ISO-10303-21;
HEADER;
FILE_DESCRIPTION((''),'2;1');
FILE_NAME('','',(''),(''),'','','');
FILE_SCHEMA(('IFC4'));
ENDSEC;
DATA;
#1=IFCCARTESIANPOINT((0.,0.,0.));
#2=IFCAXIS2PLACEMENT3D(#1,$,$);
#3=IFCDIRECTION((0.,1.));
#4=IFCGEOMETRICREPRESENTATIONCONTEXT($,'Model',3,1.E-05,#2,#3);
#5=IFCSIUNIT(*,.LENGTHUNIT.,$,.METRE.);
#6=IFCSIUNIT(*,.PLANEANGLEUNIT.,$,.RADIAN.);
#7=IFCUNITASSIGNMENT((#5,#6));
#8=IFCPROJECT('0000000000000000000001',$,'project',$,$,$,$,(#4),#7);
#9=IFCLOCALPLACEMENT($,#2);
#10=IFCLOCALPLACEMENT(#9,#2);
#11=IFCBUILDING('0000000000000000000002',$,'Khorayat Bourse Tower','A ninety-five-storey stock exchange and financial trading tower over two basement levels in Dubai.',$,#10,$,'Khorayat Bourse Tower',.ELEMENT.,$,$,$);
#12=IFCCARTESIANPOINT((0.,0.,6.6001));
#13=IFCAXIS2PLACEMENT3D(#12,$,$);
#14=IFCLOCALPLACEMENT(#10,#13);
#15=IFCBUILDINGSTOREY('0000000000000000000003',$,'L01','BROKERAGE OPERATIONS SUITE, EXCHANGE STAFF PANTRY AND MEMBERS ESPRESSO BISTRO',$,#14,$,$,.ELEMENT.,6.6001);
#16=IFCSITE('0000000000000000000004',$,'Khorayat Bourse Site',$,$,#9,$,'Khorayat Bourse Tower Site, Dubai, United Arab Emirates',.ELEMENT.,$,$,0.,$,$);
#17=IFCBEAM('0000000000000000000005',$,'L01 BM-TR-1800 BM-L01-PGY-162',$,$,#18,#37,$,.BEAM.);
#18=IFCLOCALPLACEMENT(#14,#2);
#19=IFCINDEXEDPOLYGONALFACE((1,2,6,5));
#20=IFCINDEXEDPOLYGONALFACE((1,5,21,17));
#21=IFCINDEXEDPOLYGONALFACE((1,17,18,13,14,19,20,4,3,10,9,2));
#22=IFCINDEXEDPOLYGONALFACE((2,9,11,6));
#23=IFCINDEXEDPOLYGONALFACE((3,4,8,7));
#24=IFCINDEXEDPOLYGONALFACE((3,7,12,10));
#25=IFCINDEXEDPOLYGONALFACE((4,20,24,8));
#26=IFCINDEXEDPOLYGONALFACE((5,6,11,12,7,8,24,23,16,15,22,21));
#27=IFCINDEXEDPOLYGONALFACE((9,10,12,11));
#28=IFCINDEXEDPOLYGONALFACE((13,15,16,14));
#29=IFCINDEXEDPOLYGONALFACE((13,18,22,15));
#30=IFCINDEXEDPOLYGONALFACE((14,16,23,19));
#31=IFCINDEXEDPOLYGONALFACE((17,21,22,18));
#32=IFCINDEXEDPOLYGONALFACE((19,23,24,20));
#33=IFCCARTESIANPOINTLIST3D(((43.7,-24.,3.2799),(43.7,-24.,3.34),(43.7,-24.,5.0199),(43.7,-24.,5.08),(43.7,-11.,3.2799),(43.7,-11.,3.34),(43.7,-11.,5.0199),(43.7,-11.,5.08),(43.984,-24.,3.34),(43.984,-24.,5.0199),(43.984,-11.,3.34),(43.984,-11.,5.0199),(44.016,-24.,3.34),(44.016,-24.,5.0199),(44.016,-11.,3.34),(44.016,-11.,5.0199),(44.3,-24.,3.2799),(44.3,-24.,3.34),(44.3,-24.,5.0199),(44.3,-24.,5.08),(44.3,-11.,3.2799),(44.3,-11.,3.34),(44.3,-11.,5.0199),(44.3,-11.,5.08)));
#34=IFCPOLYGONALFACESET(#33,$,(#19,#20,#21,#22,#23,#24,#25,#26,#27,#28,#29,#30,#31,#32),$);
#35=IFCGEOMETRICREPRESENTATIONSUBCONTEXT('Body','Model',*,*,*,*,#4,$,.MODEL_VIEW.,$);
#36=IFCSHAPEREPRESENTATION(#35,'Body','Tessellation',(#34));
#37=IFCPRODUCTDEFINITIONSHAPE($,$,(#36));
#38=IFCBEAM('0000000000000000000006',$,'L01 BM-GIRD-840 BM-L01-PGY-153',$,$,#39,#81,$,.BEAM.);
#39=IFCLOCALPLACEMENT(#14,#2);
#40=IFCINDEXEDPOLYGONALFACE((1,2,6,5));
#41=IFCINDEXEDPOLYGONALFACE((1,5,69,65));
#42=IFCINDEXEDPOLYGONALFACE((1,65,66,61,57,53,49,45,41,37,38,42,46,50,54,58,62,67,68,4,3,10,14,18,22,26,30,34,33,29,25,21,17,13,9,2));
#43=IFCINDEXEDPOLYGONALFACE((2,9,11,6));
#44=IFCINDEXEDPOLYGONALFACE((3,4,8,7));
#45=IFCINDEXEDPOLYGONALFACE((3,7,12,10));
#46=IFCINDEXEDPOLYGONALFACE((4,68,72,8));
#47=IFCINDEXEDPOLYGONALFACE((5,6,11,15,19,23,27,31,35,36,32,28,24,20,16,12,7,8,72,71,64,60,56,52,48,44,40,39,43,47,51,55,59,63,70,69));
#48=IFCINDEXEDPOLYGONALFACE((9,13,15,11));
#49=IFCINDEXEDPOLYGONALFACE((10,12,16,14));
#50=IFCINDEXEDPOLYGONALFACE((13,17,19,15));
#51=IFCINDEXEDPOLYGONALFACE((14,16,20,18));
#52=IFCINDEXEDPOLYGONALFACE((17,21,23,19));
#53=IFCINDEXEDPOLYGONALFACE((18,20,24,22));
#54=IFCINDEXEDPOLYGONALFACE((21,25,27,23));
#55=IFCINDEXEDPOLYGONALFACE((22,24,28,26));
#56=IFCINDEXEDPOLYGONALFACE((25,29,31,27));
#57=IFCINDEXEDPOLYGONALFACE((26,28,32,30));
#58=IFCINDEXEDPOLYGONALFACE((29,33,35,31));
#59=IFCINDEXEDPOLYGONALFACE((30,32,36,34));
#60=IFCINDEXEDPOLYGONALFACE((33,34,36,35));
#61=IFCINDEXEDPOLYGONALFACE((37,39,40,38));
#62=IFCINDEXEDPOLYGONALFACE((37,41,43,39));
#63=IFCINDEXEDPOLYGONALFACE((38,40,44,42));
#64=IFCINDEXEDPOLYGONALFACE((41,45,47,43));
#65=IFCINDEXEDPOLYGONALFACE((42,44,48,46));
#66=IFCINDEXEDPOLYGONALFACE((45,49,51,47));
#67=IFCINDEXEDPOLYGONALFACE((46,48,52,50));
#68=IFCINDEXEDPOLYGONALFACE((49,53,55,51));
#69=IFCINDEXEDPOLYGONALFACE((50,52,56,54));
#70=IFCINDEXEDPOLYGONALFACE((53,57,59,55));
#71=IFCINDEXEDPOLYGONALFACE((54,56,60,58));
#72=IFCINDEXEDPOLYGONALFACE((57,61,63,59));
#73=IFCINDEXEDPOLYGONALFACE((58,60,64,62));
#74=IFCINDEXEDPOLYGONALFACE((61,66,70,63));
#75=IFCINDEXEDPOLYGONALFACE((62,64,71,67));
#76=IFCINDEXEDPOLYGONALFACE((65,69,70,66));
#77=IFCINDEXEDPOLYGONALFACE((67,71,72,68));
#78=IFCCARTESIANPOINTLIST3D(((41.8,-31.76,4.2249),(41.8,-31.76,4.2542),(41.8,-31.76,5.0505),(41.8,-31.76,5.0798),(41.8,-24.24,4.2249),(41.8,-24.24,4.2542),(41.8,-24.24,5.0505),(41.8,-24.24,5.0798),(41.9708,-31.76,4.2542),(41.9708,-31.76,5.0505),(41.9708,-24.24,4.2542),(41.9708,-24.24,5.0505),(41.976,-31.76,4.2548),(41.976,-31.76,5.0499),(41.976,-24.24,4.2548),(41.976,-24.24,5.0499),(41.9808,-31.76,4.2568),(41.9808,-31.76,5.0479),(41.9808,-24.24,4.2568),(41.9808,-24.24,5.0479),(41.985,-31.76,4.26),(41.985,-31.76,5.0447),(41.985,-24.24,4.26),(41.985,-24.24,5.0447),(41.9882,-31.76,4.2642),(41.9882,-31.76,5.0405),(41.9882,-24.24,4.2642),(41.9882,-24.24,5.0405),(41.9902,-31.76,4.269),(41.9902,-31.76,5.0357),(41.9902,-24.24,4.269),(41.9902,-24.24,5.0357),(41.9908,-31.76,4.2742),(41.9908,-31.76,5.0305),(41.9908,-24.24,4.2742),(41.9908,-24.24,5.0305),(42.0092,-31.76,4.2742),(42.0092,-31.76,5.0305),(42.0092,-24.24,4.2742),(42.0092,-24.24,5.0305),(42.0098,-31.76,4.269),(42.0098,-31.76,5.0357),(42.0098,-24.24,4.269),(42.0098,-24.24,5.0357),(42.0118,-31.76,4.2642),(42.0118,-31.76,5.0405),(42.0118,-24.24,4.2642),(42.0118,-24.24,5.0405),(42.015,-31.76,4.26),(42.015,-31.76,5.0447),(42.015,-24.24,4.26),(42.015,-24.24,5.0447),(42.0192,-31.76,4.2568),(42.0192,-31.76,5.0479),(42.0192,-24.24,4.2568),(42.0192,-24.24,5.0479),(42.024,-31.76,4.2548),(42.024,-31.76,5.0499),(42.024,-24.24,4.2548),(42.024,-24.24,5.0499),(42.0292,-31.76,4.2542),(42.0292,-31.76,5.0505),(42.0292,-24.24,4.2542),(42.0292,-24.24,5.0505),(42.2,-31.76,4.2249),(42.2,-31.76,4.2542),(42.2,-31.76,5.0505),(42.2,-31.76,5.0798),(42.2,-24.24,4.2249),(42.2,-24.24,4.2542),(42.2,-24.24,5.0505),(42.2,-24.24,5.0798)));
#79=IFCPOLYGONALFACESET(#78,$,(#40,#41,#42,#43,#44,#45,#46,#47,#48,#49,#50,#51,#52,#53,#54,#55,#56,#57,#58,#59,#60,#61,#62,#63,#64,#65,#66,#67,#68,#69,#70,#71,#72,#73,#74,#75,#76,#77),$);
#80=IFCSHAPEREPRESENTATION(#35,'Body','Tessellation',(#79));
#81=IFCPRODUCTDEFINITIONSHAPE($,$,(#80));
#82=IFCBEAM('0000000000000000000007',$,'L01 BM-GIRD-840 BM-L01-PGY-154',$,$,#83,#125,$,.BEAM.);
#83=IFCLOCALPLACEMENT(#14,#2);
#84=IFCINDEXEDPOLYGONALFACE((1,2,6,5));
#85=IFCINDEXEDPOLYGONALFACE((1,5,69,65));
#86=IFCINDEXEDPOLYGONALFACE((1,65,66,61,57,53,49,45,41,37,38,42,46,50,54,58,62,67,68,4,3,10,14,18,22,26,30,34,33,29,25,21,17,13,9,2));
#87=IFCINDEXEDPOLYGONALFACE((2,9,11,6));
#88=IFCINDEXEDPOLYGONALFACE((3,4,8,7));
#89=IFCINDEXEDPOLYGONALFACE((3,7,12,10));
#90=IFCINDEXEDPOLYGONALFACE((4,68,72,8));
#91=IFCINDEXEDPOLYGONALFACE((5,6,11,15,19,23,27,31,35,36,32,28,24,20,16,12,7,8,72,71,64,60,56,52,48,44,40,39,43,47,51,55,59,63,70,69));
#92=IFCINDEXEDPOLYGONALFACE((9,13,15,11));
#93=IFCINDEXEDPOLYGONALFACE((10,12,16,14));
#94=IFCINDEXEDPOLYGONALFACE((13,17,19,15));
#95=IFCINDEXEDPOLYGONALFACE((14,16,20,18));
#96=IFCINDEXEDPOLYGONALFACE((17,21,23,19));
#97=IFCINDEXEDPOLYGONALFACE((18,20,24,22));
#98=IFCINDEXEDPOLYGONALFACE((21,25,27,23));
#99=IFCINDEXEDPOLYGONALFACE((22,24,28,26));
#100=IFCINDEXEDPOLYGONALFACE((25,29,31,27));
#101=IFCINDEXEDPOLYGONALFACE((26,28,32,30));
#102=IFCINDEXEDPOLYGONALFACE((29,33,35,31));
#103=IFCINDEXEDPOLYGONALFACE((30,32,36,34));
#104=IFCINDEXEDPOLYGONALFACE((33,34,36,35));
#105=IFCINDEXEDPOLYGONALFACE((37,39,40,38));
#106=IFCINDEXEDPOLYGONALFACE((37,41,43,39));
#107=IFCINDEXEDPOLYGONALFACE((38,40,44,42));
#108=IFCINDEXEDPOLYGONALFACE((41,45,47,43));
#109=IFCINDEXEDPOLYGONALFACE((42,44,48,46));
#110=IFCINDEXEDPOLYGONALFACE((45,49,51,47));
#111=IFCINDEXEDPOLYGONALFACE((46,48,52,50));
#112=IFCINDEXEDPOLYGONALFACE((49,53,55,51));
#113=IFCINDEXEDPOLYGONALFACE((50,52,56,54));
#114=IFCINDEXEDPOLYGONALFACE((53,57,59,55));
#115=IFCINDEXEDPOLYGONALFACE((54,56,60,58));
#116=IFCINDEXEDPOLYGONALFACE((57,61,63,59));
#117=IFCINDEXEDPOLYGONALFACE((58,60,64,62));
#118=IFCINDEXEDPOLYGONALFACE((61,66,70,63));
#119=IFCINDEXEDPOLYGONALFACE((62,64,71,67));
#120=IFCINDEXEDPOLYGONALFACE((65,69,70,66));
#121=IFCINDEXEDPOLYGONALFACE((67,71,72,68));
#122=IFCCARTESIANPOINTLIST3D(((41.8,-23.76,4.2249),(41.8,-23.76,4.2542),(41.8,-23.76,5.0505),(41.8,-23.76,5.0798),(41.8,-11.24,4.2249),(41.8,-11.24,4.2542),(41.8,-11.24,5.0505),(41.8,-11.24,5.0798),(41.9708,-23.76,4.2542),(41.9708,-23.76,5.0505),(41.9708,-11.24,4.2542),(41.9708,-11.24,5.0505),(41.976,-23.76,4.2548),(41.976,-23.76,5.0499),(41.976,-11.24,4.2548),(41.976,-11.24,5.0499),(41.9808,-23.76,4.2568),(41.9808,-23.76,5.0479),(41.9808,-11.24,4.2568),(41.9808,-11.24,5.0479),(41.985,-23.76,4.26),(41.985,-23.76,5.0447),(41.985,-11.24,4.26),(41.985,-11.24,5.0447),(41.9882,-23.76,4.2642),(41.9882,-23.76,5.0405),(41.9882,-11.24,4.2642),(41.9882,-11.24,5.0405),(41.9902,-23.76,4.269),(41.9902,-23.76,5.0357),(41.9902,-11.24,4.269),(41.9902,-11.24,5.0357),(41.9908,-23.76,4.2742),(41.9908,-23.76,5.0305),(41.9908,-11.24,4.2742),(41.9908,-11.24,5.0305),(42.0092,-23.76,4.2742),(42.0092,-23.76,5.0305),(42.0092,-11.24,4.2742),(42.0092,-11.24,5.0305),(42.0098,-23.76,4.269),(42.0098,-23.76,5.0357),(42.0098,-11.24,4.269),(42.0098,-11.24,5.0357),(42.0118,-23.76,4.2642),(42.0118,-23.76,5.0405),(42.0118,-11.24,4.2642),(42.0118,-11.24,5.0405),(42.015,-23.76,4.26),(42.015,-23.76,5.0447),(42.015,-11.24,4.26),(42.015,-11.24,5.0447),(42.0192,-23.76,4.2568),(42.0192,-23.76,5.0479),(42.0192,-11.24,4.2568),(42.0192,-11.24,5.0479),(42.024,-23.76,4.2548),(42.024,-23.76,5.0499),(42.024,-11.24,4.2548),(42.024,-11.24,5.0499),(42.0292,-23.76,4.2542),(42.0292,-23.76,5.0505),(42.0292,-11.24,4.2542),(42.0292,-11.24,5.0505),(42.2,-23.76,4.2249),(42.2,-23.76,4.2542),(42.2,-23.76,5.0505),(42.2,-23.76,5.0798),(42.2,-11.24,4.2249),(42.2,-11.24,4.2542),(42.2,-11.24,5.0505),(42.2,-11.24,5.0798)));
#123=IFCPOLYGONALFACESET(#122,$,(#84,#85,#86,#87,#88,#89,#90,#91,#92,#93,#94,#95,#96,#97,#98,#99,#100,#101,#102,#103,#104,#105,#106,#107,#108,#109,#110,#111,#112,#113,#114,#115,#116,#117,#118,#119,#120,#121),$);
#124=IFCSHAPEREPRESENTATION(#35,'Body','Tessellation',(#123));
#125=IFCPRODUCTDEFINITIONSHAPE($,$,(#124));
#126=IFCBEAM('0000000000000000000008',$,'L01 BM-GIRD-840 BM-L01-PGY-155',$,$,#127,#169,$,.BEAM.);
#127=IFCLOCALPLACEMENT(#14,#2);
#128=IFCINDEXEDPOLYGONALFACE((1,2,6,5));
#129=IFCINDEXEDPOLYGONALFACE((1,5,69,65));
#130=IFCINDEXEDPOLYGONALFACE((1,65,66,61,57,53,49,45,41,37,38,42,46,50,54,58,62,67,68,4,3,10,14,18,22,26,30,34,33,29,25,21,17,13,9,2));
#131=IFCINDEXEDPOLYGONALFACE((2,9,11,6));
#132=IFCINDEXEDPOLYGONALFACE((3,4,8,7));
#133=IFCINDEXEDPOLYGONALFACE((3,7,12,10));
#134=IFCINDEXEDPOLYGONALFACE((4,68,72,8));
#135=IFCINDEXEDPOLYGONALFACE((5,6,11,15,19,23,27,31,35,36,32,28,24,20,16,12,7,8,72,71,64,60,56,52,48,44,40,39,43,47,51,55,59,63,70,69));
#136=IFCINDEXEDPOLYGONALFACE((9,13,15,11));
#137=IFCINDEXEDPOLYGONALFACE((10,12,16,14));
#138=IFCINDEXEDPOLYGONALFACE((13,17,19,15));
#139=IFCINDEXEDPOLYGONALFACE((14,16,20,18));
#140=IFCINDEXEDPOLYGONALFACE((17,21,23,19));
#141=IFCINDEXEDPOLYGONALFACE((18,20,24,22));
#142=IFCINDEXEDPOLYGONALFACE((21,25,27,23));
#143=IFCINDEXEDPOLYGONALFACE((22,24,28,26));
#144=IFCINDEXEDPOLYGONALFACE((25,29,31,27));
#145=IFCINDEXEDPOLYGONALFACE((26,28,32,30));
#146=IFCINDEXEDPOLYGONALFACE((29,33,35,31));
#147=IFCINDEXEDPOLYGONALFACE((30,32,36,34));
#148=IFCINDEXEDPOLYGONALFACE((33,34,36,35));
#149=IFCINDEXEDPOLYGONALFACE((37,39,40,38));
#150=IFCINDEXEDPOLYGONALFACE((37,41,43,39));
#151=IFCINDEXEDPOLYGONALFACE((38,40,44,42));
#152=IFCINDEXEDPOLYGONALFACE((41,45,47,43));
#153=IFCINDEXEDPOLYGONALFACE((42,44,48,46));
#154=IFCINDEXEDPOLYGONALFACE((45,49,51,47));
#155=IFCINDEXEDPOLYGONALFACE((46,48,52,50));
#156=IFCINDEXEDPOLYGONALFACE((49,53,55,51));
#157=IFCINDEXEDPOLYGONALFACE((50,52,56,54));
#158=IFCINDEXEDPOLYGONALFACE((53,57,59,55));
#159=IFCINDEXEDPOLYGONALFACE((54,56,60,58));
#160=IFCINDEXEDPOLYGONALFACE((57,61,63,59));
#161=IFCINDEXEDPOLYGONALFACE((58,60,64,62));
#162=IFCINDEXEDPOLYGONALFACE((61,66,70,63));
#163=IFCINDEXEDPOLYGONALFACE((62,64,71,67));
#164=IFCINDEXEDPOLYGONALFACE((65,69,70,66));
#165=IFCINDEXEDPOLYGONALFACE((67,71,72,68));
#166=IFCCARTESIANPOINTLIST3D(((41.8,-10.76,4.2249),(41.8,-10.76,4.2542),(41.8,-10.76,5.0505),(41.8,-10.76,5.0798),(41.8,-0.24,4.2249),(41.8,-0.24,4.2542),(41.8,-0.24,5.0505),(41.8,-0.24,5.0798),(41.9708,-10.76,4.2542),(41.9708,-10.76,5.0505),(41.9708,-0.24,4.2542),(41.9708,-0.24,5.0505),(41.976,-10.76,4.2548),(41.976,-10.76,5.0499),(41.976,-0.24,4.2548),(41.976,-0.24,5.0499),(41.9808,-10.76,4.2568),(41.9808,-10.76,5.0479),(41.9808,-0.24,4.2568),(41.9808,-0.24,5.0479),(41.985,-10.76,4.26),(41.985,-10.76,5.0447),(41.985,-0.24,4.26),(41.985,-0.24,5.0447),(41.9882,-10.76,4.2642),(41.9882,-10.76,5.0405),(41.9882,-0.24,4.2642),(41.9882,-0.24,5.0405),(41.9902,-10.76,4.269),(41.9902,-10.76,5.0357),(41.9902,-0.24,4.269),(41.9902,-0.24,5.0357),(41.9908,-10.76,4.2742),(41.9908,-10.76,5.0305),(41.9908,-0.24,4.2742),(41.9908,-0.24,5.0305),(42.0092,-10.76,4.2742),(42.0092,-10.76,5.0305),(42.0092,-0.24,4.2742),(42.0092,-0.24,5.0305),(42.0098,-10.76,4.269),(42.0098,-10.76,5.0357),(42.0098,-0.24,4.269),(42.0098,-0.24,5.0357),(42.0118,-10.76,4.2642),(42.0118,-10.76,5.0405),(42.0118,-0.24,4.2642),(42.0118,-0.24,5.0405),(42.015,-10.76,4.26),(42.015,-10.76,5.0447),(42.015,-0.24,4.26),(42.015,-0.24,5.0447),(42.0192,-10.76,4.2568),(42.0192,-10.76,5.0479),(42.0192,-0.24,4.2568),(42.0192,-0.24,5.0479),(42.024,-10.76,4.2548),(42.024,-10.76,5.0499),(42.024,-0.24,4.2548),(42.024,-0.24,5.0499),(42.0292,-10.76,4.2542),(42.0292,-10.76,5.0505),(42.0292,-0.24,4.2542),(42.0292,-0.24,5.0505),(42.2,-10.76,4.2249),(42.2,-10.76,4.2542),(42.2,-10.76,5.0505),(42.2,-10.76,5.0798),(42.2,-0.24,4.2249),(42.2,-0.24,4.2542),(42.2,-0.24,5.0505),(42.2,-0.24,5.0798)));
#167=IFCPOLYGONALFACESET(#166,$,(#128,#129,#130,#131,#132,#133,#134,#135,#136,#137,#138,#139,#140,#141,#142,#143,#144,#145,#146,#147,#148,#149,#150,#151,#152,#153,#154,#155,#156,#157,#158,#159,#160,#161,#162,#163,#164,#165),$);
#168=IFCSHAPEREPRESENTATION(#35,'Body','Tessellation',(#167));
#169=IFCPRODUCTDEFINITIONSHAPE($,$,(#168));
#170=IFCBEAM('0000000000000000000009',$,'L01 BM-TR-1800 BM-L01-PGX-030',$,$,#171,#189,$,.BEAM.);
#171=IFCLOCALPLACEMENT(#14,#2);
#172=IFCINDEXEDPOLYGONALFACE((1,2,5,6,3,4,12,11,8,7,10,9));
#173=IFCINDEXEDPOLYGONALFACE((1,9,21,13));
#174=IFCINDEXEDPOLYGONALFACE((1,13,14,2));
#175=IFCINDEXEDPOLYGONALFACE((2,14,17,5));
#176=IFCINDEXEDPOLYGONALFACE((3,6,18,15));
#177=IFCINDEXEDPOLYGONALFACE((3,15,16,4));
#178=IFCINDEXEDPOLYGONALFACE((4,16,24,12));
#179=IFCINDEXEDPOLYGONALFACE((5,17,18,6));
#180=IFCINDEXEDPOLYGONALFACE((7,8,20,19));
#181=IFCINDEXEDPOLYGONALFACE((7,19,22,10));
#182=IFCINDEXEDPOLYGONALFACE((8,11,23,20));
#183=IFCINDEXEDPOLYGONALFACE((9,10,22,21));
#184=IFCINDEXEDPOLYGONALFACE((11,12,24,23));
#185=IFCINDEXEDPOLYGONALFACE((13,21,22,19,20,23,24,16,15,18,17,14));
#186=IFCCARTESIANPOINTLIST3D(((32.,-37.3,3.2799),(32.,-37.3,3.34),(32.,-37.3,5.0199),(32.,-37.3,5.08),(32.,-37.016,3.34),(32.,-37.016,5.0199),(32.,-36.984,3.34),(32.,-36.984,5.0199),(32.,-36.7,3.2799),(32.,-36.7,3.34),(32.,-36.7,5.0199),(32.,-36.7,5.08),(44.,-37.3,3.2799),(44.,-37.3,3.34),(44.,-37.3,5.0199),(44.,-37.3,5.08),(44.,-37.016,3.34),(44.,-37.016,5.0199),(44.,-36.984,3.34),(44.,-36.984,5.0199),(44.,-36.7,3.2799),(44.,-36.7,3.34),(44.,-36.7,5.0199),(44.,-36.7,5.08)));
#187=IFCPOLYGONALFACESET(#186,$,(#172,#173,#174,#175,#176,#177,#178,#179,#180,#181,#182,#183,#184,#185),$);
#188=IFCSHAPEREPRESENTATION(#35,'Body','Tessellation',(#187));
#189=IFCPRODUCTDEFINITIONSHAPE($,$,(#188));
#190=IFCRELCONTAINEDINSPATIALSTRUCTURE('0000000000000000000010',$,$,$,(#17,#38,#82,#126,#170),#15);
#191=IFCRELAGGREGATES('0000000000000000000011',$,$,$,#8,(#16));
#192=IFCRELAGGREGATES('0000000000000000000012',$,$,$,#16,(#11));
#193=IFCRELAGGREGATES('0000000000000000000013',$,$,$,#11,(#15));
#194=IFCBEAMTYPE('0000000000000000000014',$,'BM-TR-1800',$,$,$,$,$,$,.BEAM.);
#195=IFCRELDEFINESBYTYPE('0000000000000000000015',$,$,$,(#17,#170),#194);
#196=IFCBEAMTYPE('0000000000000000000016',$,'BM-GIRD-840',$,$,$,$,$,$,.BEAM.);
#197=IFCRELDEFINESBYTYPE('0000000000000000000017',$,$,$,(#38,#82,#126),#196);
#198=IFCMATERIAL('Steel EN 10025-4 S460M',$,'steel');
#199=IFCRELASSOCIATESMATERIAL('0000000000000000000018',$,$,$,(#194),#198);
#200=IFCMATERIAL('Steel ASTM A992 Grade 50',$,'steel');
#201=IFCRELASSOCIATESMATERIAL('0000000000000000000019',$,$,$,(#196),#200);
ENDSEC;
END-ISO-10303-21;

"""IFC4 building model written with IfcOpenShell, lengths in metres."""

from ifc_helpers import new_model, si_unit, direction, frame, origin, origin_2d, place, context, subcontext, project, spatial, i_section, extrude, source, transform, mapped, material, material_profile, profile_set, type_object, element, save


model = new_model("IFC4")

# Units and contexts
model_context = context("Model", 3, precision=1e-05, world=origin(), true_north=direction((0.0, 1.0)))
body_context = subcontext(model_context, "Body", "Model", "MODEL_VIEW")
ifc_project = project(units=[si_unit("LENGTHUNIT", "METRE"), si_unit("PLANEANGLEUNIT", "RADIAN")], contexts=[model_context])

# Site, building, storey
site_placement = place(None, origin())
site = spatial("IfcSite", under=ifc_project, at=site_placement, Name="Khorayat Bourse Site", LongName="Khorayat Bourse Tower Site, Dubai, United Arab Emirates", CompositionType="ELEMENT", RefElevation=0.0)
building_placement = place(site_placement, origin())
building = spatial("IfcBuilding", under=site, at=building_placement, Name="Khorayat Bourse Tower", Description="A ninety-five-storey stock exchange and financial trading tower over two basement levels in Dubai.", LongName="Khorayat Bourse Tower", CompositionType="ELEMENT")
storey_placement = place(building_placement, frame((0.0, 0.0, 6.6001)))
storey = spatial("IfcBuildingStorey", under=building, at=storey_placement, Name="L01", Description="BROKERAGE OPERATIONS SUITE, EXCHANGE STAFF PANTRY AND MEMBERS ESPRESSO BISTRO", CompositionType="ELEMENT", Elevation=6.6001)

# Beams
ifc_material_1 = material(Name="Steel EN 10025-4 S460M", Category="steel")
ifc_material_profile_1 = material_profile(ifc_material_1, i_section(OverallWidth=0.6001, OverallDepth=1.8, WebThickness=0.032, FlangeThickness=0.0601, at=origin_2d()), Name="PG 1800x600x32x60")
ifc_profile_set_1 = profile_set([ifc_material_profile_1], Name="Steel EN 10025-4 S460M")
beam_type_1 = type_object("IfcBeamType", Name="BM-TR-1800", PredefinedType="BEAM", material=ifc_profile_set_1)
shared_shape_1 = source(origin(), body_context, "Body", "SweptSolid", [
    extrude(i_section(OverallWidth=0.6001, OverallDepth=1.8, WebThickness=0.032, FlangeThickness=0.0601, at=origin_2d()), origin(), (0.0, 0.0, 1.0), 13.0),
])
for number, where, z_axis, x_axis, name in (
    (1, (44.0, -24.0, 4.1799), (0.0, 1.0, 0.0), (-1.0, 0.0, 0.0), "L01 BM-TR-1800 BM-L01-PGY-162"),
):
    element("IfcBeam", number, at=place(storey_placement, frame(where, z_axis=z_axis, x_axis=x_axis)), inside=storey, type_object=beam_type_1, Name=name, PredefinedType="BEAM", context=body_context, shape_type="MappedRepresentation", body=[
        mapped(shared_shape_1, transform((0.0, 0.0, 0.0), scale=1.0)),
    ])
ifc_material_2 = material(Name="Steel ASTM A992 Grade 50", Category="steel")
ifc_material_profile_2 = material_profile(ifc_material_2, i_section(OverallWidth=0.3999, OverallDepth=0.855, WebThickness=0.0183, FlangeThickness=0.0293, FilletRadius=0.02, at=origin_2d()), Name="W840X299")
ifc_profile_set_2 = profile_set([ifc_material_profile_2], Name="Steel ASTM A992 Grade 50")
beam_type_2 = type_object("IfcBeamType", Name="BM-GIRD-840", PredefinedType="BEAM", material=ifc_profile_set_2)
shared_shape_2 = source(origin(), body_context, "Body", "SweptSolid", [
    extrude(i_section(OverallWidth=0.3999, OverallDepth=0.855, WebThickness=0.0183, FlangeThickness=0.0293, FilletRadius=0.02, at=origin_2d()), origin(), (0.0, 0.0, 1.0), 7.52),
])
beam_1_placement = place(storey_placement, frame((42.0, -31.76, 4.6523), z_axis=(0.0, 1.0, 0.0), x_axis=(-1.0, 0.0, 0.0)))
element("IfcBeam", 2, at=beam_1_placement, inside=storey, type_object=beam_type_2, Name="L01 BM-GIRD-840 BM-L01-PGY-153", PredefinedType="BEAM", context=body_context, shape_type="MappedRepresentation", body=[
    mapped(shared_shape_2, transform((0.0, 0.0, 0.0), scale=1.0)),
])
shared_shape_3 = source(origin(), body_context, "Body", "SweptSolid", [
    extrude(i_section(OverallWidth=0.3999, OverallDepth=0.855, WebThickness=0.0183, FlangeThickness=0.0293, FilletRadius=0.02, at=origin_2d()), origin(), (0.0, 0.0, 1.0), 12.52),
])
beam_2_placement = place(storey_placement, frame((42.0, -23.76, 4.6523), z_axis=(0.0, 1.0, 0.0), x_axis=(-1.0, 0.0, 0.0)))
element("IfcBeam", 3, at=beam_2_placement, inside=storey, type_object=beam_type_2, Name="L01 BM-GIRD-840 BM-L01-PGY-154", PredefinedType="BEAM", context=body_context, shape_type="MappedRepresentation", body=[
    mapped(shared_shape_3, transform((0.0, 0.0, 0.0), scale=1.0)),
])
shared_shape_4 = source(origin(), body_context, "Body", "SweptSolid", [
    extrude(i_section(OverallWidth=0.3999, OverallDepth=0.855, WebThickness=0.0183, FlangeThickness=0.0293, FilletRadius=0.02, at=origin_2d()), origin(), (0.0, 0.0, 1.0), 10.52),
])
beam_3_placement = place(storey_placement, frame((42.0, -10.76, 4.6523), z_axis=(0.0, 1.0, 0.0), x_axis=(-1.0, 0.0, 0.0)))
element("IfcBeam", 4, at=beam_3_placement, inside=storey, type_object=beam_type_2, Name="L01 BM-GIRD-840 BM-L01-PGY-155", PredefinedType="BEAM", context=body_context, shape_type="MappedRepresentation", body=[
    mapped(shared_shape_4, transform((0.0, 0.0, 0.0), scale=1.0)),
])
shared_shape_5 = source(origin(), body_context, "Body", "SweptSolid", [
    extrude(i_section(OverallWidth=0.6001, OverallDepth=1.8, WebThickness=0.032, FlangeThickness=0.0601, at=origin_2d()), origin(), (0.0, 0.0, 1.0), 12.0),
])
for number, where, z_axis, x_axis, name in (
    (5, (32.0, -37.0, 4.1799), (1.0, 0.0, 0.0), (0.0, 1.0, 0.0), "L01 BM-TR-1800 BM-L01-PGX-030"),
):
    element("IfcBeam", number, at=place(storey_placement, frame(where, z_axis=z_axis, x_axis=x_axis)), inside=storey, type_object=beam_type_1, Name=name, PredefinedType="BEAM", context=body_context, shape_type="MappedRepresentation", body=[
        mapped(shared_shape_5, transform((0.0, 0.0, 0.0), scale=1.0)),
    ])

save(model, "model.ifc")
